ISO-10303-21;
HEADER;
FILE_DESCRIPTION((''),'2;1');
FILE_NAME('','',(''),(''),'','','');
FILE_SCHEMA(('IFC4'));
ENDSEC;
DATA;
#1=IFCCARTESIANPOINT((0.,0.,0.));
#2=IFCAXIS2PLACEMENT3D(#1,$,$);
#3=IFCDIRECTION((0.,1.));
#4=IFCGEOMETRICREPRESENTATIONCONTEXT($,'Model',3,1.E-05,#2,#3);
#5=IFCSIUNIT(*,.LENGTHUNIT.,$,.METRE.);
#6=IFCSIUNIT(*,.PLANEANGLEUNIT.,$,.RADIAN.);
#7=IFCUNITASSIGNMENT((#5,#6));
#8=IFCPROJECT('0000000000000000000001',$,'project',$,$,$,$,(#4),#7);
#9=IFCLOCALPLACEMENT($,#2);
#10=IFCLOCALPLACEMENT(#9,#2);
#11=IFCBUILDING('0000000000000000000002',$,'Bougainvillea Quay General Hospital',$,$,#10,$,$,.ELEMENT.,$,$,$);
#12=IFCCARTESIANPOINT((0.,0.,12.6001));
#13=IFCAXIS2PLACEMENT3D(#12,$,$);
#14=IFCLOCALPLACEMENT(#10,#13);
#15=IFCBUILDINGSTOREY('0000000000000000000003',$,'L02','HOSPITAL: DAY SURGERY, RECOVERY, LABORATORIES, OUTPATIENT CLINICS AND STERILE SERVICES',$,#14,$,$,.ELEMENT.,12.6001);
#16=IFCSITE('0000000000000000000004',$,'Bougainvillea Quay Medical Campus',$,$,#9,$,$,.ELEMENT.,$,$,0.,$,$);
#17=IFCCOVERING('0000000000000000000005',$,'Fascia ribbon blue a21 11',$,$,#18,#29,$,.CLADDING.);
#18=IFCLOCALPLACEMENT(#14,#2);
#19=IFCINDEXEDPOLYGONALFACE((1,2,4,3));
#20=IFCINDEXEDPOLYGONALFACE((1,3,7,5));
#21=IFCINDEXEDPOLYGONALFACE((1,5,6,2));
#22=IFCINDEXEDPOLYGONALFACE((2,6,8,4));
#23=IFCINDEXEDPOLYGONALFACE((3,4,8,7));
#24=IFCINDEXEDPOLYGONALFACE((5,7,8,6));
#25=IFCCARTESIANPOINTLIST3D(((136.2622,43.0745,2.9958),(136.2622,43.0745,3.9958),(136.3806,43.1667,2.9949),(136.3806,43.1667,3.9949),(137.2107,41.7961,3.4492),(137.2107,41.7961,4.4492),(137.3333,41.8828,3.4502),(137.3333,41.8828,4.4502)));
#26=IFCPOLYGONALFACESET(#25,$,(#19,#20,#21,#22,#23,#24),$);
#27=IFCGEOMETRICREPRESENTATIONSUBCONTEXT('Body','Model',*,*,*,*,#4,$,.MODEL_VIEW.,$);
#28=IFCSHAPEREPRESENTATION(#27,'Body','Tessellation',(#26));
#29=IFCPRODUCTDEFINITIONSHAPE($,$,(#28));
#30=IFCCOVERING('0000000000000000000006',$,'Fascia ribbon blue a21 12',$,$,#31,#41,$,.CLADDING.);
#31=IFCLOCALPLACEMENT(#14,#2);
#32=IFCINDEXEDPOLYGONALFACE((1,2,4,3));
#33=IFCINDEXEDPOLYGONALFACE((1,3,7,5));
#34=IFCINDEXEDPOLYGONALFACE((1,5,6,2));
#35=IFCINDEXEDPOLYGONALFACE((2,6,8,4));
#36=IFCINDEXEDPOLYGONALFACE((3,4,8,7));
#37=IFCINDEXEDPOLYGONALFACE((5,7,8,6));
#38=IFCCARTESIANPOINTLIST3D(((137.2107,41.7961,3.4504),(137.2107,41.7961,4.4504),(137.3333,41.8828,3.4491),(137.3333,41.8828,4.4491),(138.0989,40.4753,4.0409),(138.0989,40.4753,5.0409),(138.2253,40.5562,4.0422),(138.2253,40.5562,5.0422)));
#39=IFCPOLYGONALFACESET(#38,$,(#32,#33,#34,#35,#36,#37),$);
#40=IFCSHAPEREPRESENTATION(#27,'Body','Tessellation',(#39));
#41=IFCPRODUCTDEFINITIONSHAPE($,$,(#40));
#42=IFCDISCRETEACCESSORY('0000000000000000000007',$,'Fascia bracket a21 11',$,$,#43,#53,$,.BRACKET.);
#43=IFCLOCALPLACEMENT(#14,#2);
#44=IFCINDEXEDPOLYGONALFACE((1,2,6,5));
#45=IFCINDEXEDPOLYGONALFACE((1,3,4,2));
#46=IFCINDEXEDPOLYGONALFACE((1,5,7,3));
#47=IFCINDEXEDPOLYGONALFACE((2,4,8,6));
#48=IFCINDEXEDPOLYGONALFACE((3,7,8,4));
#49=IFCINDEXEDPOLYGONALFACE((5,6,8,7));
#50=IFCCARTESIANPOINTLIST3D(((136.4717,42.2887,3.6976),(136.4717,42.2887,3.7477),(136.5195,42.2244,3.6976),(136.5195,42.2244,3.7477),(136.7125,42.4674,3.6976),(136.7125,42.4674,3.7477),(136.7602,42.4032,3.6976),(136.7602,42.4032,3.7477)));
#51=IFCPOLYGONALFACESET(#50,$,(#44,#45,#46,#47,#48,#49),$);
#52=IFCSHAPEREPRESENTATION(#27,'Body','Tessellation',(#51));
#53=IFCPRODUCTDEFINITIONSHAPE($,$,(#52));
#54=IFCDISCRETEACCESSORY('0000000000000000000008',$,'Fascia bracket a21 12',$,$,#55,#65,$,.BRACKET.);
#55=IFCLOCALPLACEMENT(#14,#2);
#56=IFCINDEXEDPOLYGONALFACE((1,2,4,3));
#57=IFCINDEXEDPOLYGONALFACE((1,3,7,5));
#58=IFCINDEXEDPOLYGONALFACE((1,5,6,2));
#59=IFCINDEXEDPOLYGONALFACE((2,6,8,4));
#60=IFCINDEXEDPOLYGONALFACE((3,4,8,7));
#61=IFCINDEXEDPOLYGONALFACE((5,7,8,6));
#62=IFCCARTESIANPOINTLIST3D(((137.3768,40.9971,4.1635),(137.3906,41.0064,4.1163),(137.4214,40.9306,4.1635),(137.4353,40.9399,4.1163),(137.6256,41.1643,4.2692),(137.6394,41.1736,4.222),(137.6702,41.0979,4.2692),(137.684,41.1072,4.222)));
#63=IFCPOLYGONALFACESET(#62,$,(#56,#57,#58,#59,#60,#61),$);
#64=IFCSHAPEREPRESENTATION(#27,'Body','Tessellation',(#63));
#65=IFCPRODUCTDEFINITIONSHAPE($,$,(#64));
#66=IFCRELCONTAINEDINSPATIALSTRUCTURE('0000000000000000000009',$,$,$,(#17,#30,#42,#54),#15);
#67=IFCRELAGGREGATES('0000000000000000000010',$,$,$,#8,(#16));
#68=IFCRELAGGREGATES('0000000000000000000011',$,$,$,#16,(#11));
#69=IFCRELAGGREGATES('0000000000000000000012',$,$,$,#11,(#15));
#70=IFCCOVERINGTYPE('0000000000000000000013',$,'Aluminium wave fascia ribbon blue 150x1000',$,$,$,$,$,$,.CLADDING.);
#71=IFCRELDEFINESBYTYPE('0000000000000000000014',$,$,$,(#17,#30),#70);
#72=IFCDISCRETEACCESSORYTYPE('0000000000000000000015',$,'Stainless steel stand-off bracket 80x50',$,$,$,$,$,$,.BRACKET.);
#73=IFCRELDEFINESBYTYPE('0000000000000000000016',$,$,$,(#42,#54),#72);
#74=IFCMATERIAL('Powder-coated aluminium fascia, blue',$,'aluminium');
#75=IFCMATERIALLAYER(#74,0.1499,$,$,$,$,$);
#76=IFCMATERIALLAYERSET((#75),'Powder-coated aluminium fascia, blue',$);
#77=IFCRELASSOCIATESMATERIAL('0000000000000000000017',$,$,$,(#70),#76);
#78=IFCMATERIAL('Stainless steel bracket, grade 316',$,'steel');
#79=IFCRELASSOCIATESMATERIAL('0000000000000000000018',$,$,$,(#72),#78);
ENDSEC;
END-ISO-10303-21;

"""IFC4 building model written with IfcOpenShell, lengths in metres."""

from ifc_helpers import new_model, si_unit, direction, frame, origin, origin_2d, place, context, subcontext, project, spatial, polyline, rectangle, outline, extrude, material, layer, layer_set, material_profile, profile_set, type_object, element, save


model = new_model("IFC4")

# Units and contexts
model_context = context("Model", 3, precision=1e-05, world=origin(), true_north=direction((0.0, 1.0)))
body_context = subcontext(model_context, "Body", "Model", "MODEL_VIEW")
ifc_project = project(units=[si_unit("LENGTHUNIT", "METRE"), si_unit("PLANEANGLEUNIT", "RADIAN")], contexts=[model_context])

# Site, building, storey
site_placement = place(None, origin())
site = spatial("IfcSite", under=ifc_project, at=site_placement, Name="Bougainvillea Quay Medical Campus", CompositionType="ELEMENT", RefElevation=0.0)
building_placement = place(site_placement, origin())
building = spatial("IfcBuilding", under=site, at=building_placement, Name="Bougainvillea Quay General Hospital", CompositionType="ELEMENT")
storey_placement = place(building_placement, frame((0.0, 0.0, 12.6001)))
storey = spatial("IfcBuildingStorey", under=building, at=storey_placement, Name="L02", Description="HOSPITAL: DAY SURGERY, RECOVERY, LABORATORIES, OUTPATIENT CLINICS AND STERILE SERVICES", CompositionType="ELEMENT", Elevation=12.6001)

# Coverings
ifc_material_1 = material(Name="Powder-coated aluminium fascia, blue", Category="aluminium")
ifc_layer_1 = layer(ifc_material_1, 0.1499)
ifc_layer_set_1 = layer_set([ifc_layer_1], Name="Powder-coated aluminium fascia, blue")
covering_type = type_object("IfcCoveringType", Name="Aluminium wave fascia ribbon blue 150x1000", PredefinedType="CLADDING", material=ifc_layer_set_1)
covering_1_placement = place(storey_placement, frame((136.2622, 43.0745, 2.9958), z_axis=(-0.163314, 0.219906, 0.961753), x_axis=(0.573079, -0.772366, 0.273917)))
element("IfcCovering", 1, at=covering_1_placement, inside=storey, type_object=covering_type, Name="Fascia ribbon blue a21 11", PredefinedType="CLADDING", context=body_context, shape_type="SweptSolid", body=[
    extrude(outline(polyline([(0.0, 0.0), (1.6551, 0.0), (1.6586, 0.1501), (-0.0037, 0.1501), (0.0, 0.0)])), origin(), (0.273917, 0.000115, 0.961753), 1.0),
])
covering_2_placement = place(storey_placement, frame((137.2107, 41.7961, 3.4504), z_axis=(-0.194113, 0.288622, 0.937559), x_axis=(0.52318, -0.778011, 0.347825)))
element("IfcCovering", 2, at=covering_2_placement, inside=storey, type_object=covering_type, Name="Fascia ribbon blue a21 12", PredefinedType="CLADDING", context=body_context, shape_type="SweptSolid", body=[
    extrude(outline(polyline([(0.0, 0.0), (1.6977, 0.0), (1.7014, 0.15), (-0.0037, 0.1501), (0.0, 0.0)])), origin(), (0.347825, 0.00002, 0.937559), 1.0),
])

# Discrete accessories
ifc_material_2 = material(Name="Stainless steel bracket, grade 316", Category="steel")
ifc_material_profile_1 = material_profile(ifc_material_2, rectangle(XDim=0.0801, YDim=0.05, at=origin_2d()))
ifc_profile_set_1 = profile_set([ifc_material_profile_1], Name="Stainless steel bracket, grade 316")
discrete_accessory_type = type_object("IfcDiscreteAccessoryType", Name="Stainless steel stand-off bracket 80x50", PredefinedType="BRACKET", material=ifc_profile_set_1)
discrete_accessory_1_placement = place(storey_placement, frame((136.4956, 42.2566, 3.7227), z_axis=(0.802922, 0.596084, 0.0), x_axis=(-0.596084, 0.802922, 0.0)))
element("IfcDiscreteAccessory", 3, at=discrete_accessory_1_placement, inside=storey, type_object=discrete_accessory_type, Name="Fascia bracket a21 11", PredefinedType="BRACKET", context=body_context, shape_type="SweptSolid", body=[
    extrude(rectangle(XDim=0.0801, YDim=0.05, at=origin_2d()), origin(), (0.0, 0.0, 1.0), 0.2998),
])
discrete_accessory_2_placement = place(storey_placement, frame((137.406, 40.9685, 4.1399), z_axis=(0.782672, 0.526134, 0.332578), x_axis=(-0.557891, 0.829914, 0.0)))
element("IfcDiscreteAccessory", 4, at=discrete_accessory_2_placement, inside=storey, type_object=discrete_accessory_type, Name="Fascia bracket a21 12", PredefinedType="BRACKET", context=body_context, shape_type="SweptSolid", body=[
    extrude(rectangle(XDim=0.0801, YDim=0.05, at=origin_2d()), origin(), (0.0, 0.0, 1.0), 0.3179),
])

save(model, "model.ifc")
